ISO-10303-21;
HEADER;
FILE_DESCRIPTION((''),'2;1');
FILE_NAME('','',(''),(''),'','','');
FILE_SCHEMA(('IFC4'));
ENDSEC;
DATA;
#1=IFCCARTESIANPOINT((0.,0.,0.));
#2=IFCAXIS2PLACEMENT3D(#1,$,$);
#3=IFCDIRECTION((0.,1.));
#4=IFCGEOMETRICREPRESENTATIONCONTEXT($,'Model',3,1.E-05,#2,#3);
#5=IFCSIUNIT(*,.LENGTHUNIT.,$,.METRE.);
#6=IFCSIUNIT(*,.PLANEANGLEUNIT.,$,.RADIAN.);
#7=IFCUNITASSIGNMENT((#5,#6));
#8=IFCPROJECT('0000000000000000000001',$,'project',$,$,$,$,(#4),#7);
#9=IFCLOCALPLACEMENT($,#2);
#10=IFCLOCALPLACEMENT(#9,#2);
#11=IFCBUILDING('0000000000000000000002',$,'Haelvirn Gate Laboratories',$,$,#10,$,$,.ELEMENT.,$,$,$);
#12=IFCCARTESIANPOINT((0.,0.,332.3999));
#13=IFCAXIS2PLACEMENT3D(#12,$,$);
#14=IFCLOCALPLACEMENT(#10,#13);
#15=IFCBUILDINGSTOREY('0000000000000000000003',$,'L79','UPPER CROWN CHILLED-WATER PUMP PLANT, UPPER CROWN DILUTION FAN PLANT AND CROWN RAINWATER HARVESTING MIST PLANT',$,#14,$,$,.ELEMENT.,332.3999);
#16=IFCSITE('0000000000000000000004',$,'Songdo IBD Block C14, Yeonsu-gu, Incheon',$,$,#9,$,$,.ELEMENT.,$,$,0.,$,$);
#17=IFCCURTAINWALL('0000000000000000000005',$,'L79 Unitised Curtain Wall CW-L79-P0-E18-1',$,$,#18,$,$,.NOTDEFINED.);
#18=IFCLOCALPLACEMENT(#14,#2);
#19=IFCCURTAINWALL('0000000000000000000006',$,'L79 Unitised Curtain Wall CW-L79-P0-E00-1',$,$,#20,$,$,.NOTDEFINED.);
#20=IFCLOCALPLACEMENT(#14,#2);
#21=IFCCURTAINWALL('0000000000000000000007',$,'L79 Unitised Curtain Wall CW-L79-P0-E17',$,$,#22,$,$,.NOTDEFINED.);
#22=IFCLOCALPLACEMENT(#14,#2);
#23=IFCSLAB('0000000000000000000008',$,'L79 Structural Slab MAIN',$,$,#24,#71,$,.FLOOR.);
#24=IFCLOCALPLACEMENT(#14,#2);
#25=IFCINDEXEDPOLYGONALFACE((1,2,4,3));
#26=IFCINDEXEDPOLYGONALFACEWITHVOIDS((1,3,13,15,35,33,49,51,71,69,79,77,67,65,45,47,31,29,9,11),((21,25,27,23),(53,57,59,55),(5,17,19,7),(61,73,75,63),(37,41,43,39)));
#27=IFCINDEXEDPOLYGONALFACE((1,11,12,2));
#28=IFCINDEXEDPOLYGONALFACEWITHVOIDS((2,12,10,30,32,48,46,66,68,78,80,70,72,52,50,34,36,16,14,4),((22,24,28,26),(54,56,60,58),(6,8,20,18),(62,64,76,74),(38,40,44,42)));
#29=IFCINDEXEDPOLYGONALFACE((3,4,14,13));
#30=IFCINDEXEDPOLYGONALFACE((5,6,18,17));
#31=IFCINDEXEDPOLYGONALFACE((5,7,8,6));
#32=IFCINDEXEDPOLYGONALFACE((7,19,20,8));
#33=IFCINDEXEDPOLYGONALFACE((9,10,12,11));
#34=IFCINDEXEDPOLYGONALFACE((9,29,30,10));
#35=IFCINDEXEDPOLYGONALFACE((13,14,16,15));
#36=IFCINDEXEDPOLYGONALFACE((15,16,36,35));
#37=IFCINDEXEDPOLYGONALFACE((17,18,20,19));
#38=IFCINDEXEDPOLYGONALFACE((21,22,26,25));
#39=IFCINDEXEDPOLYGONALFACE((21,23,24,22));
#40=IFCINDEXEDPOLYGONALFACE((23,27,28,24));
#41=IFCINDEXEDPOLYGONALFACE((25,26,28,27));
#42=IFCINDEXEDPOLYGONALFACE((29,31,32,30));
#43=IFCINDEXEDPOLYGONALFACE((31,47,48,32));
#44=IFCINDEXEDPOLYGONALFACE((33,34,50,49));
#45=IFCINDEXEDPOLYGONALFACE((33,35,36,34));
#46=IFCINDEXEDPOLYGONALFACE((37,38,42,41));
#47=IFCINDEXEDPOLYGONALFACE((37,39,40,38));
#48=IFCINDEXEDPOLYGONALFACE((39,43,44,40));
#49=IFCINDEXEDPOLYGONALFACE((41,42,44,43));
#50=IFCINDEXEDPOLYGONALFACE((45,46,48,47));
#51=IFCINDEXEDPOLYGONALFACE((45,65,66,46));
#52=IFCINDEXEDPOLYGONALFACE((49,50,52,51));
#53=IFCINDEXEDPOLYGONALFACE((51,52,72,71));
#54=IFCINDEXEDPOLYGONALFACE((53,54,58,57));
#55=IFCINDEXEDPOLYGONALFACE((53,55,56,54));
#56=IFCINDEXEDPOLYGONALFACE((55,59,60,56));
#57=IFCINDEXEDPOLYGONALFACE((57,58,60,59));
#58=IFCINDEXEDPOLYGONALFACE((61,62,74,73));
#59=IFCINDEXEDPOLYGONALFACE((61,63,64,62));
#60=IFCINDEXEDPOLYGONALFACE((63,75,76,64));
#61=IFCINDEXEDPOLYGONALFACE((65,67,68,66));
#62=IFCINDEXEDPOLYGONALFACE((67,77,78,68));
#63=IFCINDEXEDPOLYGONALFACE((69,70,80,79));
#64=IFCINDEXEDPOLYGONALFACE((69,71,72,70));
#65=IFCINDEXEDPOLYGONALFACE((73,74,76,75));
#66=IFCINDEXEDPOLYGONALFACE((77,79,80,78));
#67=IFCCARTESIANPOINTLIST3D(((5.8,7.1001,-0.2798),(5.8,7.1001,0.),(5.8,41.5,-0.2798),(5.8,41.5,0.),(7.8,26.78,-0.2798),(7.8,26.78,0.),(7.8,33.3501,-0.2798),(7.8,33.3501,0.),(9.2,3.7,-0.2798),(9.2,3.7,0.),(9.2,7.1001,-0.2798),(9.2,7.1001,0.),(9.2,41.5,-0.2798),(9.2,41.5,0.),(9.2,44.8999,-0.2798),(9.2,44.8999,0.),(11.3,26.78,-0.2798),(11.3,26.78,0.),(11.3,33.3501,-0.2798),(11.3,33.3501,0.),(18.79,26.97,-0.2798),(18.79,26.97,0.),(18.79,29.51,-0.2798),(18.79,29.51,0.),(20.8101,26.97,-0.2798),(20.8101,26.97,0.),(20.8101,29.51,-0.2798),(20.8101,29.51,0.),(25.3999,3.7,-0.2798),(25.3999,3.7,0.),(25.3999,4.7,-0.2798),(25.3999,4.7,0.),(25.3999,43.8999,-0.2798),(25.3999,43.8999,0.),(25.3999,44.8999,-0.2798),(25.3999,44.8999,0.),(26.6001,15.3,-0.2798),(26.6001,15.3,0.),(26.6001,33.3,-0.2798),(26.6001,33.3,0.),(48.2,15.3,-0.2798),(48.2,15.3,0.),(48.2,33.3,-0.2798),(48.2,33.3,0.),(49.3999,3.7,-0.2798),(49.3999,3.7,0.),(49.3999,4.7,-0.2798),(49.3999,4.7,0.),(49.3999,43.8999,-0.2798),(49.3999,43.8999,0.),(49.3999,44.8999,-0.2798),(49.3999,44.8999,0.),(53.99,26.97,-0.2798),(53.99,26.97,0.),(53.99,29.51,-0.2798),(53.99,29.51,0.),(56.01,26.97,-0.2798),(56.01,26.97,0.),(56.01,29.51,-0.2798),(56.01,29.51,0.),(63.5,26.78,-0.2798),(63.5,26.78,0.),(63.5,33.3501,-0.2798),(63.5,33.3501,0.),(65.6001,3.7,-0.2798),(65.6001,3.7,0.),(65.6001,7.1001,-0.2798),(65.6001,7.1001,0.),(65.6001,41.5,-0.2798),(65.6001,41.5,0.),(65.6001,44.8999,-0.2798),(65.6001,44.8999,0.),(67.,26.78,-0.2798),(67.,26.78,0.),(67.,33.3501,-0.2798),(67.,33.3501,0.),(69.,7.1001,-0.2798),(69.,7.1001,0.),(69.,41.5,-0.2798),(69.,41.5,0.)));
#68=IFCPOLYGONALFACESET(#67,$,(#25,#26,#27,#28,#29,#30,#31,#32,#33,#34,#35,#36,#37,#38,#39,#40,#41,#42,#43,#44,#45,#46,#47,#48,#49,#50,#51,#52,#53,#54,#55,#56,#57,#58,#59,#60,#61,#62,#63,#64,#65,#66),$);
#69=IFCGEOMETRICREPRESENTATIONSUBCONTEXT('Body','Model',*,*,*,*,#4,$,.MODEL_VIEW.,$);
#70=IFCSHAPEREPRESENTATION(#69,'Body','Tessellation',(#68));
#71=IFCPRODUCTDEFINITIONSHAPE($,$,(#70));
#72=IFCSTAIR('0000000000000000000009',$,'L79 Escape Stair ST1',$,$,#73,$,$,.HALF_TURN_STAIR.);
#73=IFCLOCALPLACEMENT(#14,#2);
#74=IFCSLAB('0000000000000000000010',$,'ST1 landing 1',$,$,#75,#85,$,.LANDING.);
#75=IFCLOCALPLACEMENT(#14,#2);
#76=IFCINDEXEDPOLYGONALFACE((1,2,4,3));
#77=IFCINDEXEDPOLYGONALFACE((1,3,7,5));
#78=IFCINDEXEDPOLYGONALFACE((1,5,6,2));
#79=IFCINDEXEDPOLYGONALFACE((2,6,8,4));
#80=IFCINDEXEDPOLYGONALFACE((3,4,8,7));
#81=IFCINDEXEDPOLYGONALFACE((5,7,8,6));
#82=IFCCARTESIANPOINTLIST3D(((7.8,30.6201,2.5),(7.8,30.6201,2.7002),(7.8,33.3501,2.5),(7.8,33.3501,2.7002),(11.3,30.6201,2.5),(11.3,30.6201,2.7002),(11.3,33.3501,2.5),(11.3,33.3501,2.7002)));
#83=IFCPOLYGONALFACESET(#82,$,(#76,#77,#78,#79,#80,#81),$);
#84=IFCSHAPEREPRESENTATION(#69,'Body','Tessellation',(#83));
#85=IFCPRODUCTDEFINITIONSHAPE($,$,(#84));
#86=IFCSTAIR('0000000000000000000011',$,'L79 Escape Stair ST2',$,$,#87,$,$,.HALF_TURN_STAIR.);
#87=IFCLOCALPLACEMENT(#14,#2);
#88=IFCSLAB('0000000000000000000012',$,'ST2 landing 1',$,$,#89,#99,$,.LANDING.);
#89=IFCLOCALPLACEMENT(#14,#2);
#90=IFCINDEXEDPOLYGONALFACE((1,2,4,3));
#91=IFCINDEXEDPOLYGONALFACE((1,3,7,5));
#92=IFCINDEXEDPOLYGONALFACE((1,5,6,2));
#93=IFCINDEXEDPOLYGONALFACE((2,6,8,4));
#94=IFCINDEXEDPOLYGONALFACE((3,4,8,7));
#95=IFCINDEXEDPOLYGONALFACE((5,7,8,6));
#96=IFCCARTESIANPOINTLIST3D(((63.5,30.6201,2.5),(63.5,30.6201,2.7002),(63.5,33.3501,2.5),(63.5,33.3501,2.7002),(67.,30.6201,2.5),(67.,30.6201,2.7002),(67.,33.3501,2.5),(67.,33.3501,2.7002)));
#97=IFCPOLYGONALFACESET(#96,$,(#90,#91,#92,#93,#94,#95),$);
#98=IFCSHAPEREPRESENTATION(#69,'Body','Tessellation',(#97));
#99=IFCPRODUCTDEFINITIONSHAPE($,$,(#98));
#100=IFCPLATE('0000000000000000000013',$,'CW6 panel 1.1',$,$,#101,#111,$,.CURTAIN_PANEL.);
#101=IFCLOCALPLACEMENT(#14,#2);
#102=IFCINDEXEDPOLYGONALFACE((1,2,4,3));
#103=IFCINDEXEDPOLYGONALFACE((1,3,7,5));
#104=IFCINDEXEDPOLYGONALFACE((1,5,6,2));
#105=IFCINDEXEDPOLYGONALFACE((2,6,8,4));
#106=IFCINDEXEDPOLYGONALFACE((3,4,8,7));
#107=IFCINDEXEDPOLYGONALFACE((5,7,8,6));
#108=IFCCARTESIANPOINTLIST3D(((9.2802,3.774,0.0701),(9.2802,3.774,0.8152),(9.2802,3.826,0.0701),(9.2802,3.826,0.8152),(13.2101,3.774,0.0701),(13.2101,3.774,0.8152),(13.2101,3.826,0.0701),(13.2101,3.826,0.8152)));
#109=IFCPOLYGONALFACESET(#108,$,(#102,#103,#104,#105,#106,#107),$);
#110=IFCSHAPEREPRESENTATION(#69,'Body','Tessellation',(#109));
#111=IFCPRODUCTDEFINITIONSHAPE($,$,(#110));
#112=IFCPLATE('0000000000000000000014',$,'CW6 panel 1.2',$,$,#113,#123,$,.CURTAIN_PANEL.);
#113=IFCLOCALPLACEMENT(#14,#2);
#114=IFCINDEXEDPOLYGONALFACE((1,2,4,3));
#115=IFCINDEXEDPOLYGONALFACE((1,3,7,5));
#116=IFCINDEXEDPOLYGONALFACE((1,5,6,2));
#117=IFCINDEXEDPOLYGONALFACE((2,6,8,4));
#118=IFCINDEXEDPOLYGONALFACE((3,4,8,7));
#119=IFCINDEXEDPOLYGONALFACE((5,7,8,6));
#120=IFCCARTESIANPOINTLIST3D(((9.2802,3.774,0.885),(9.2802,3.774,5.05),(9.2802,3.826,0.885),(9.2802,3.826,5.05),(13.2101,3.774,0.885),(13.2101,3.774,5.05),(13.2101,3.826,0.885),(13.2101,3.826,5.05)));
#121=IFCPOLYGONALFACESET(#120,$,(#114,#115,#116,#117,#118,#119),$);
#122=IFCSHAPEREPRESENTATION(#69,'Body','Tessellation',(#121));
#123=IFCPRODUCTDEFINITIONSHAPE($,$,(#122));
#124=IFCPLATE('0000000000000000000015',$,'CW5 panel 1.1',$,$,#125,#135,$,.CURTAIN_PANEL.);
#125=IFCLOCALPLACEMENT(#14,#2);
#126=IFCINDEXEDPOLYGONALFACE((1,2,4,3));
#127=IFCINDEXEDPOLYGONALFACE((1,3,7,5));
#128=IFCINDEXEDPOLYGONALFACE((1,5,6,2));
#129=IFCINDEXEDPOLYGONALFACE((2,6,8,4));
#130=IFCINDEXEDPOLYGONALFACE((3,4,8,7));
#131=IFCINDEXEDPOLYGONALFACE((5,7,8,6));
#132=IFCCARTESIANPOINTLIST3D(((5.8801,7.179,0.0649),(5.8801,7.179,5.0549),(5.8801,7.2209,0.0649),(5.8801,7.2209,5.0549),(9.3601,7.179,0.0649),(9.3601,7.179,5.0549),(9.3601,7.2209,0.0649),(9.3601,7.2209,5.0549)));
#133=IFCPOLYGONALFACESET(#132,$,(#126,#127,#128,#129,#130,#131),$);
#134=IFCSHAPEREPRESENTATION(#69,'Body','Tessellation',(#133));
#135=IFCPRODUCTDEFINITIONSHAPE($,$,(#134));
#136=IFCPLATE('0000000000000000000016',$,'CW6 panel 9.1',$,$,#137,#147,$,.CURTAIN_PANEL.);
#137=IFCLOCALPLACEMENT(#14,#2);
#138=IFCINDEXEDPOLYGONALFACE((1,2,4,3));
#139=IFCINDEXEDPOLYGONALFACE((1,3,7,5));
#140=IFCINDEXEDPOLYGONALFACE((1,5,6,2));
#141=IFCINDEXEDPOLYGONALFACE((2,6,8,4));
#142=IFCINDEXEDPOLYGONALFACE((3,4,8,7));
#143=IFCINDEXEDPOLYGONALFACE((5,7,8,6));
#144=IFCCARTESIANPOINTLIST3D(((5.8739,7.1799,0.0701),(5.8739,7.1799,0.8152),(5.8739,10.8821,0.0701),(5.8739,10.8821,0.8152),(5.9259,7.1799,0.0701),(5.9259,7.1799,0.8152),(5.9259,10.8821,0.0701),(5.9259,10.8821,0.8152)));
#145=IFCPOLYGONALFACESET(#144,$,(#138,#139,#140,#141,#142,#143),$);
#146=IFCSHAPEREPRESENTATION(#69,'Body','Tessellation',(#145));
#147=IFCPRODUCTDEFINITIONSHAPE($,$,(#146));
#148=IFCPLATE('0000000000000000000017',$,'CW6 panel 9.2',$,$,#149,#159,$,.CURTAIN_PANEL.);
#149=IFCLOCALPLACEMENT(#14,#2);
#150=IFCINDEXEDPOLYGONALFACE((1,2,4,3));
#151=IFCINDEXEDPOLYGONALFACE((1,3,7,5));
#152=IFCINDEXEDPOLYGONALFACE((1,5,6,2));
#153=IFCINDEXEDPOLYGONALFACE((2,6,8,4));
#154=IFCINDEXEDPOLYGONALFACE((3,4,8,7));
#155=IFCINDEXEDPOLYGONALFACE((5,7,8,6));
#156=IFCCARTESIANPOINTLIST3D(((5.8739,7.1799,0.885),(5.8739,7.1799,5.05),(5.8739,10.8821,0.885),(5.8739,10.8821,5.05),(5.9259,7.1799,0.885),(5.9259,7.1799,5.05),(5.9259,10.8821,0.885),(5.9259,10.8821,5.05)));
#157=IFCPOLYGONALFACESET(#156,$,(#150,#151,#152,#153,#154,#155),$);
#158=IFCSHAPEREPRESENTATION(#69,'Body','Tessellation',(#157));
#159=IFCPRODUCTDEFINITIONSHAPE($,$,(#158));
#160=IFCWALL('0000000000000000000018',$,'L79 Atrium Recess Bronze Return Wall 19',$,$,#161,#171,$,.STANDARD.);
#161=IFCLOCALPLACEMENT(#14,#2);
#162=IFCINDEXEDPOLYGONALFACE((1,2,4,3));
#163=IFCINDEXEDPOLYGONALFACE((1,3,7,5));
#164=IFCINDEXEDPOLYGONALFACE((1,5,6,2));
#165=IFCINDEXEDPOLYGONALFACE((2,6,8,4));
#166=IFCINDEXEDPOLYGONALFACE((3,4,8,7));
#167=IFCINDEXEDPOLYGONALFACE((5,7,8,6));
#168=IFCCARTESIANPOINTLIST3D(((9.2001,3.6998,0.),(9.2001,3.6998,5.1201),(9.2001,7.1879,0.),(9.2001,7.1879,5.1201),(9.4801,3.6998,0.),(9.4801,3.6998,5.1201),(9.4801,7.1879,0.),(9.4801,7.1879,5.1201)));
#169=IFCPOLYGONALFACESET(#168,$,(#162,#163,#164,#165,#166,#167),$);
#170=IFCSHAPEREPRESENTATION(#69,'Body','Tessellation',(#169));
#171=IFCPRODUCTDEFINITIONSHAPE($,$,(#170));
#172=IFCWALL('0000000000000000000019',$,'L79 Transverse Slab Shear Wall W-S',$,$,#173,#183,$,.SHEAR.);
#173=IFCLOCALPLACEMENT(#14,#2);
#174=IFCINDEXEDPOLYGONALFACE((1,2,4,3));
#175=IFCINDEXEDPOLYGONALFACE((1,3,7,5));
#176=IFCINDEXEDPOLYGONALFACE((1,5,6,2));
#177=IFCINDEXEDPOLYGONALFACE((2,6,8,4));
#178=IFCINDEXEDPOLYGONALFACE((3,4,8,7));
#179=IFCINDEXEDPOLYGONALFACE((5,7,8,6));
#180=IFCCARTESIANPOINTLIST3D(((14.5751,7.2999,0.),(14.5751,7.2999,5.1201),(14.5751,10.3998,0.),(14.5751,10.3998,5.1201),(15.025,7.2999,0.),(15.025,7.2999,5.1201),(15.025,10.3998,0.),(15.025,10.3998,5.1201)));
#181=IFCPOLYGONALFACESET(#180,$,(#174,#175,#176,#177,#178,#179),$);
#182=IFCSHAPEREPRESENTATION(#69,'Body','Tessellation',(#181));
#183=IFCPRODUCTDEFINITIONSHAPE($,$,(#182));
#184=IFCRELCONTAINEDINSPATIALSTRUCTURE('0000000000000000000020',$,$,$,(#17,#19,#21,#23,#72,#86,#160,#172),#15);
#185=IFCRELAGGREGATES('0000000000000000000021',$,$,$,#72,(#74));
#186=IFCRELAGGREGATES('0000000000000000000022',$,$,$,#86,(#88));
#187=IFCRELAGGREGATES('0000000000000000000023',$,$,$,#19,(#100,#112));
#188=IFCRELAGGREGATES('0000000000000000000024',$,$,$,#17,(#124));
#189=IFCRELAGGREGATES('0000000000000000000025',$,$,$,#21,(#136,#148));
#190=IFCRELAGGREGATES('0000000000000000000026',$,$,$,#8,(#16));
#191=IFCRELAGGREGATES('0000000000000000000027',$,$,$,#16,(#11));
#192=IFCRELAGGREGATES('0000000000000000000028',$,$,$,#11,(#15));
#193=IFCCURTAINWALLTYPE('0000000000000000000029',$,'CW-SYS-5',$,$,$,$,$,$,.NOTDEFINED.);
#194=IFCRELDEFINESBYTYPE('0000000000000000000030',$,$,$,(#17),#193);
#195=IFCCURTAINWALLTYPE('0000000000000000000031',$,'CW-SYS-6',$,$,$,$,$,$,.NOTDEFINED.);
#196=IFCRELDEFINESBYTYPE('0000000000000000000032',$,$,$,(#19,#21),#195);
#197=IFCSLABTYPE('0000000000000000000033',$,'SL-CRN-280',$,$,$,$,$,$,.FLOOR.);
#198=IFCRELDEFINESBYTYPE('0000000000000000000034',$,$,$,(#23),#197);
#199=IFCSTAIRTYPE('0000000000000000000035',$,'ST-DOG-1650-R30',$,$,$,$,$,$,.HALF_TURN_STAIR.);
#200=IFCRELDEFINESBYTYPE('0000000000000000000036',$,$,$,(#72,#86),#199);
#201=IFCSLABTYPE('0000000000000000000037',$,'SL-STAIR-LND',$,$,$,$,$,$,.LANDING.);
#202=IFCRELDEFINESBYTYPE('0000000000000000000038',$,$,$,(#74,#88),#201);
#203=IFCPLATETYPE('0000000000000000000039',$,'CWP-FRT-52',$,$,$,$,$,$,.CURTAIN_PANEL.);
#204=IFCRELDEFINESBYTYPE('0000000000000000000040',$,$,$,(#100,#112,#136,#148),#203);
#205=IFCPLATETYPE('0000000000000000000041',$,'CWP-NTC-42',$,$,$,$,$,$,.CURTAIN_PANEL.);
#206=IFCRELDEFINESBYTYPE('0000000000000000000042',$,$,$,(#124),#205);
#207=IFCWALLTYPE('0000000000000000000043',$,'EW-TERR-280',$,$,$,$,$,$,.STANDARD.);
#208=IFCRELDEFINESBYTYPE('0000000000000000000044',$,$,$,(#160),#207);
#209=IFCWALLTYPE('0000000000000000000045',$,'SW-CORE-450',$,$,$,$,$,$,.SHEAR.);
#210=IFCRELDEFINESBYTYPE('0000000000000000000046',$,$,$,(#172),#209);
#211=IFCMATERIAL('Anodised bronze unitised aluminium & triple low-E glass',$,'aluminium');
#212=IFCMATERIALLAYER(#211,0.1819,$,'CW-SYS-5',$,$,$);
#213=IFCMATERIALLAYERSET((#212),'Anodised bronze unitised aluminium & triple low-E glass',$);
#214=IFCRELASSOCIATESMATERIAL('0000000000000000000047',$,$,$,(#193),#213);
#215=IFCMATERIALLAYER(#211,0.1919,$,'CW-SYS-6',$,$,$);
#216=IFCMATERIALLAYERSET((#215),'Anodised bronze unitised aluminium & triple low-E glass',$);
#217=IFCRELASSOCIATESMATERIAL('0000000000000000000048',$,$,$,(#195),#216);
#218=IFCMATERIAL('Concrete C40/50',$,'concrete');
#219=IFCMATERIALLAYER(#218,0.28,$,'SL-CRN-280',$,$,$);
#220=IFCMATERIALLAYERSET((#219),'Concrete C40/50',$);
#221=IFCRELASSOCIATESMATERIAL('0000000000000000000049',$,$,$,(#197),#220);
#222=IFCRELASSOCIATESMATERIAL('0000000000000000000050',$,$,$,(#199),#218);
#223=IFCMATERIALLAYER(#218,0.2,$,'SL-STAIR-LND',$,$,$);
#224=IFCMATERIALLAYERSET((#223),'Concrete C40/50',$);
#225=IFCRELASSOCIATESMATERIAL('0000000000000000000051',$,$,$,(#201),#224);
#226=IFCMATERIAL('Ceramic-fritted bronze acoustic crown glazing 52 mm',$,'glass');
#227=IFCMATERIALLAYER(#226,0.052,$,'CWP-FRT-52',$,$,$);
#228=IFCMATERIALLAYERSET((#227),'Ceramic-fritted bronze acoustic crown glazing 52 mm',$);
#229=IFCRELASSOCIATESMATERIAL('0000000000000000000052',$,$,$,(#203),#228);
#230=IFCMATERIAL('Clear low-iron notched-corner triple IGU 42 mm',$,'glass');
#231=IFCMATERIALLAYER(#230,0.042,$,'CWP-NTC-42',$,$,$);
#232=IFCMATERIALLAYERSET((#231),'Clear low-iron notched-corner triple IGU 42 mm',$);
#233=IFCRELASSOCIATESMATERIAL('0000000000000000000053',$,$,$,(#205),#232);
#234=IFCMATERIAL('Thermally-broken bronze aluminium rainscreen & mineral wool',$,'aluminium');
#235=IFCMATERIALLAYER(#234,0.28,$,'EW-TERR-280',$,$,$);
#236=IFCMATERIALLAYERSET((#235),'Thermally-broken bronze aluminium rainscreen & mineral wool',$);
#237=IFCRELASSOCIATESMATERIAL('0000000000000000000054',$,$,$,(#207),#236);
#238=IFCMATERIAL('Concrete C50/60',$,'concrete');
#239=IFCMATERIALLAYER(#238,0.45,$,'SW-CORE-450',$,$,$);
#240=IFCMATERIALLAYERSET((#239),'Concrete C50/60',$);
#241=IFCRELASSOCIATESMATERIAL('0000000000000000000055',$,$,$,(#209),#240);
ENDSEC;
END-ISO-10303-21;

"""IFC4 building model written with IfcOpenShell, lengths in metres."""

from ifc_helpers import new_model, si_unit, direction, frame, frame_2d, origin, origin_2d, place, context, subcontext, project, spatial, polyline, rectangle, outline, extrude, source, transform, mapped, material, layer, layer_set, type_object, type_shapes, element, aggregate, save


model = new_model("IFC4")

# Units and contexts
model_context = context("Model", 3, precision=1e-05, world=origin(), true_north=direction((0.0, 1.0)))
body_context = subcontext(model_context, "Body", "Model", "MODEL_VIEW")
ifc_project = project(units=[si_unit("LENGTHUNIT", "METRE"), si_unit("PLANEANGLEUNIT", "RADIAN")], contexts=[model_context])

# Site, building, storey
site_placement = place(None, origin())
site = spatial("IfcSite", under=ifc_project, at=site_placement, Name="Songdo IBD Block C14, Yeonsu-gu, Incheon", CompositionType="ELEMENT", RefElevation=0.0)
building_placement = place(site_placement, origin())
building = spatial("IfcBuilding", under=site, at=building_placement, Name="Haelvirn Gate Laboratories", CompositionType="ELEMENT")
storey_placement = place(building_placement, frame((0.0, 0.0, 332.3999)))
storey = spatial("IfcBuildingStorey", under=building, at=storey_placement, Name="L79", Description="UPPER CROWN CHILLED-WATER PUMP PLANT, UPPER CROWN DILUTION FAN PLANT AND CROWN RAINWATER HARVESTING MIST PLANT", CompositionType="ELEMENT", Elevation=332.3999)

# Shared definitions
ifc_material_1 = material(Name="Concrete C50/60", Category="concrete")

# Curtain walls
ifc_material_2 = material(Name="Anodised bronze unitised aluminium & triple low-E glass", Category="aluminium")
ifc_layer_1 = layer(ifc_material_2, 0.1819, Name="CW-SYS-5")
ifc_layer_set_1 = layer_set([ifc_layer_1], Name="Anodised bronze unitised aluminium & triple low-E glass")
curtain_wall_type_1 = type_object("IfcCurtainWallType", Name="CW-SYS-5", PredefinedType="NOTDEFINED", material=ifc_layer_set_1)
curtain_wall_1_placement = place(storey_placement, origin())
curtain_wall_1 = element("IfcCurtainWall", 1, at=curtain_wall_1_placement, inside=storey, type_object=curtain_wall_type_1, Name="L79 Unitised Curtain Wall CW-L79-P0-E18-1", PredefinedType="NOTDEFINED")
ifc_layer_2 = layer(ifc_material_2, 0.1919, Name="CW-SYS-6")
ifc_layer_set_2 = layer_set([ifc_layer_2], Name="Anodised bronze unitised aluminium & triple low-E glass")
curtain_wall_type_2 = type_object("IfcCurtainWallType", Name="CW-SYS-6", PredefinedType="NOTDEFINED", material=ifc_layer_set_2)
curtain_wall_2_placement = place(storey_placement, origin())
curtain_wall_2 = element("IfcCurtainWall", 2, at=curtain_wall_2_placement, inside=storey, type_object=curtain_wall_type_2, Name="L79 Unitised Curtain Wall CW-L79-P0-E00-1", PredefinedType="NOTDEFINED")

# Curtain wall
curtain_wall_3_placement = place(storey_placement, origin())
curtain_wall_3 = element("IfcCurtainWall", 3, at=curtain_wall_3_placement, inside=storey, type_object=curtain_wall_type_2, Name="L79 Unitised Curtain Wall CW-L79-P0-E17", PredefinedType="NOTDEFINED")

# Slab
ifc_material_3 = material(Name="Concrete C40/50", Category="concrete")
ifc_layer_3 = layer(ifc_material_3, 0.28, Name="SL-CRN-280")
ifc_layer_set_3 = layer_set([ifc_layer_3], Name="Concrete C40/50")
slab_type_1 = type_object("IfcSlabType", Name="SL-CRN-280", PredefinedType="FLOOR", material=ifc_layer_set_3)
slab_1_placement = place(storey_placement, frame((0.0, 0.0, -0.2798)))
element("IfcSlab", 4, at=slab_1_placement, inside=storey, type_object=slab_type_1, Name="L79 Structural Slab MAIN", PredefinedType="FLOOR", context=body_context, shape_type="SweptSolid", body=[
    extrude(outline(polyline([(9.2, 3.7), (25.3999, 3.7), (25.3999, 4.7), (49.3999, 4.7), (49.3999, 3.7), (65.6001, 3.7), (65.6001, 7.1001), (69.0, 7.1001), (69.0, 41.5), (65.6001, 41.5), (65.6001, 44.8999), (49.3999, 44.8999), (49.3999, 43.8999), (25.3999, 43.8999), (25.3999, 44.8999), (9.2, 44.8999), (9.2, 41.5), (5.8, 41.5), (5.8, 7.1001), (9.2, 7.1001), (9.2, 3.7)]), holes=[polyline([(26.6001, 15.3), (48.2, 15.3), (48.2, 33.3), (26.6001, 33.3), (26.6001, 15.3)]), polyline([(11.3, 26.78), (11.3, 33.3501), (7.8, 33.3501), (7.8, 26.78), (11.3, 26.78)]), polyline([(67.0, 26.78), (67.0, 33.3501), (63.5, 33.3501), (63.5, 26.78), (67.0, 26.78)]), polyline([(18.79, 26.97), (20.8101, 26.97), (20.8101, 29.51), (18.79, 29.51), (18.79, 26.97)]), polyline([(53.99, 26.97), (56.01, 26.97), (56.01, 29.51), (53.99, 29.51), (53.99, 26.97)])]), origin(), (0.0, 0.0, 1.0), 0.2798),
])

# Stairs, slabs
stair_type = type_object("IfcStairType", Name="ST-DOG-1650-R30", PredefinedType="HALF_TURN_STAIR", material=ifc_material_3)
stair_1_placement = place(storey_placement, origin())
stair_1 = element("IfcStair", 5, at=stair_1_placement, inside=storey, type_object=stair_type, Name="L79 Escape Stair ST1", PredefinedType="HALF_TURN_STAIR")
ifc_layer_4 = layer(ifc_material_3, 0.2, Name="SL-STAIR-LND")
ifc_layer_set_4 = layer_set([ifc_layer_4], Name="Concrete C40/50")
slab_type_2 = type_object("IfcSlabType", Name="SL-STAIR-LND", PredefinedType="LANDING", material=ifc_layer_set_4)
slab_2_placement = place(storey_placement, frame((0.0, 0.0, 2.5)))
slab_2 = element("IfcSlab", 6, at=slab_2_placement, type_object=slab_type_2, Name="ST1 landing 1", PredefinedType="LANDING", context=body_context, shape_type="SweptSolid", body=[
    extrude(outline(polyline([(11.3, 30.6201), (11.3, 33.3501), (7.8, 33.3501), (7.8, 30.6201), (11.3, 30.6201)])), origin(), (0.0, 0.0, 1.0), 0.2002),
])
aggregate(stair_1, [slab_2])
stair_2_placement = place(storey_placement, origin())
stair_2 = element("IfcStair", 7, at=stair_2_placement, inside=storey, type_object=stair_type, Name="L79 Escape Stair ST2", PredefinedType="HALF_TURN_STAIR")
slab_3_placement = place(storey_placement, frame((0.0, 0.0, 2.5)))
slab_3 = element("IfcSlab", 8, at=slab_3_placement, type_object=slab_type_2, Name="ST2 landing 1", PredefinedType="LANDING", context=body_context, shape_type="SweptSolid", body=[
    extrude(outline(polyline([(67.0, 30.6201), (67.0, 33.3501), (63.5, 33.3501), (63.5, 30.6201), (67.0, 30.6201)])), origin(), (0.0, 0.0, 1.0), 0.2002),
])
aggregate(stair_2, [slab_3])

# Plates
ifc_material_4 = material(Name="Ceramic-fritted bronze acoustic crown glazing 52 mm", Category="glass")
ifc_layer_5 = layer(ifc_material_4, 0.052, Name="CWP-FRT-52")
ifc_layer_set_5 = layer_set([ifc_layer_5], Name="Ceramic-fritted bronze acoustic crown glazing 52 mm")
plate_type_1 = type_object("IfcPlateType", Name="CWP-FRT-52", PredefinedType="CURTAIN_PANEL", material=ifc_layer_set_5)
shared_shape_1 = source(origin(), body_context, "Body", "SweptSolid", [
    extrude(rectangle(XDim=3.9299, YDim=0.052, at=origin_2d()), origin(), (0.0, 0.0, 1.0), 0.7451),
])
plate_1_placement = place(storey_placement, frame((11.2451, 3.8, 0.0701), z_axis=(0.0, 0.0, 1.0), x_axis=(1.0, 0.0, 0.0)))
plate_1 = element("IfcPlate", 9, at=plate_1_placement, type_object=plate_type_1, Name="CW6 panel 1.1", PredefinedType="CURTAIN_PANEL", context=body_context, shape_type="MappedRepresentation", body=[
    mapped(shared_shape_1, transform((0.0, 0.0, 0.0), scale=1.0)),
])
shared_shape_2 = source(origin(), body_context, "Body", "SweptSolid", [
    extrude(rectangle(XDim=3.9299, YDim=0.052, at=origin_2d()), origin(), (0.0, 0.0, 1.0), 4.165),
])
plate_2_placement = place(storey_placement, frame((11.2451, 3.8, 0.885), z_axis=(0.0, 0.0, 1.0), x_axis=(1.0, 0.0, 0.0)))
plate_2 = element("IfcPlate", 10, at=plate_2_placement, type_object=plate_type_1, Name="CW6 panel 1.2", PredefinedType="CURTAIN_PANEL", context=body_context, shape_type="MappedRepresentation", body=[
    mapped(shared_shape_2, transform((0.0, 0.0, 0.0), scale=1.0)),
])
aggregate(curtain_wall_2, [plate_1, plate_2])
ifc_material_5 = material(Name="Clear low-iron notched-corner triple IGU 42 mm", Category="glass")
ifc_layer_6 = layer(ifc_material_5, 0.042, Name="CWP-NTC-42")
ifc_layer_set_6 = layer_set([ifc_layer_6], Name="Clear low-iron notched-corner triple IGU 42 mm")
plate_type_2 = type_object("IfcPlateType", Name="CWP-NTC-42", PredefinedType="CURTAIN_PANEL", material=ifc_layer_set_6)
shared_shape_3 = source(origin(), body_context, "Body", "SweptSolid", [
    extrude(rectangle(XDim=3.48, YDim=0.042, at=origin_2d()), origin(), (0.0, 0.0, 1.0), 4.99),
])
type_shapes(plate_type_2, [shared_shape_3])
plate_3_placement = place(storey_placement, frame((7.6201, 7.2, 0.0649), z_axis=(0.0, 0.0, 1.0), x_axis=(1.0, 0.0, 0.0)))
plate_3 = element("IfcPlate", 11, at=plate_3_placement, type_object=plate_type_2, Name="CW5 panel 1.1", PredefinedType="CURTAIN_PANEL", context=body_context, shape_type="MappedRepresentation", body=[
    mapped(shared_shape_3, transform((0.0, 0.0, 0.0), scale=1.0)),
])
aggregate(curtain_wall_1, [plate_3])
shared_shape_4 = source(origin(), body_context, "Body", "SweptSolid", [
    extrude(rectangle(XDim=3.7021, YDim=0.052, at=origin_2d()), origin(), (0.0, 0.0, 1.0), 0.7451),
])
plate_4_placement = place(storey_placement, frame((5.8999, 9.031, 0.0701), z_axis=(0.0, 0.0, 1.0), x_axis=(0.0, -1.0, 0.0)))
plate_4 = element("IfcPlate", 12, at=plate_4_placement, type_object=plate_type_1, Name="CW6 panel 9.1", PredefinedType="CURTAIN_PANEL", context=body_context, shape_type="MappedRepresentation", body=[
    mapped(shared_shape_4, transform((0.0, 0.0, 0.0), scale=1.0)),
])
shared_shape_5 = source(origin(), body_context, "Body", "SweptSolid", [
    extrude(rectangle(XDim=3.7021, YDim=0.052, at=origin_2d()), origin(), (0.0, 0.0, 1.0), 4.165),
])
type_shapes(plate_type_1, [shared_shape_1, shared_shape_2, shared_shape_4, shared_shape_5])
plate_5_placement = place(storey_placement, frame((5.8999, 9.031, 0.885), z_axis=(0.0, 0.0, 1.0), x_axis=(0.0, -1.0, 0.0)))
plate_5 = element("IfcPlate", 13, at=plate_5_placement, type_object=plate_type_1, Name="CW6 panel 9.2", PredefinedType="CURTAIN_PANEL", context=body_context, shape_type="MappedRepresentation", body=[
    mapped(shared_shape_5, transform((0.0, 0.0, 0.0), scale=1.0)),
])
aggregate(curtain_wall_3, [plate_4, plate_5])

# Walls
ifc_material_6 = material(Name="Thermally-broken bronze aluminium rainscreen & mineral wool", Category="aluminium")
ifc_layer_7 = layer(ifc_material_6, 0.28, Name="EW-TERR-280")
ifc_layer_set_7 = layer_set([ifc_layer_7], Name="Thermally-broken bronze aluminium rainscreen & mineral wool")
wall_type_1 = type_object("IfcWallType", Name="EW-TERR-280", PredefinedType="STANDARD", material=ifc_layer_set_7)
wall_1_placement = place(storey_placement, frame((9.3401, 7.188, 0.0), z_axis=(0.0, 0.0, 1.0), x_axis=(0.0, -1.0, 0.0)))
element("IfcWall", 14, at=wall_1_placement, inside=storey, type_object=wall_type_1, Name="L79 Atrium Recess Bronze Return Wall 19", PredefinedType="STANDARD", context=body_context, shape_type="SweptSolid", body=[
    extrude(rectangle(XDim=3.488, YDim=0.28, at=frame_2d((1.7441, 0.0))), origin(), (0.0, 0.0, 1.0), 5.1201),
])
ifc_layer_8 = layer(ifc_material_1, 0.45, Name="SW-CORE-450")
ifc_layer_set_8 = layer_set([ifc_layer_8], Name="Concrete C50/60")
wall_type_2 = type_object("IfcWallType", Name="SW-CORE-450", PredefinedType="SHEAR", material=ifc_layer_set_8)
wall_2_placement = place(storey_placement, frame((14.8, 7.3, 0.0), z_axis=(0.0, 0.0, 1.0), x_axis=(0.0, 1.0, 0.0)))
element("IfcWall", 15, at=wall_2_placement, inside=storey, type_object=wall_type_2, Name="L79 Transverse Slab Shear Wall W-S", PredefinedType="SHEAR", context=body_context, shape_type="SweptSolid", body=[
    extrude(rectangle(XDim=3.0999, YDim=0.45, at=frame_2d((1.5498, 0.0))), origin(), (0.0, 0.0, 1.0), 5.1201),
])

save(model, "model.ifc")
